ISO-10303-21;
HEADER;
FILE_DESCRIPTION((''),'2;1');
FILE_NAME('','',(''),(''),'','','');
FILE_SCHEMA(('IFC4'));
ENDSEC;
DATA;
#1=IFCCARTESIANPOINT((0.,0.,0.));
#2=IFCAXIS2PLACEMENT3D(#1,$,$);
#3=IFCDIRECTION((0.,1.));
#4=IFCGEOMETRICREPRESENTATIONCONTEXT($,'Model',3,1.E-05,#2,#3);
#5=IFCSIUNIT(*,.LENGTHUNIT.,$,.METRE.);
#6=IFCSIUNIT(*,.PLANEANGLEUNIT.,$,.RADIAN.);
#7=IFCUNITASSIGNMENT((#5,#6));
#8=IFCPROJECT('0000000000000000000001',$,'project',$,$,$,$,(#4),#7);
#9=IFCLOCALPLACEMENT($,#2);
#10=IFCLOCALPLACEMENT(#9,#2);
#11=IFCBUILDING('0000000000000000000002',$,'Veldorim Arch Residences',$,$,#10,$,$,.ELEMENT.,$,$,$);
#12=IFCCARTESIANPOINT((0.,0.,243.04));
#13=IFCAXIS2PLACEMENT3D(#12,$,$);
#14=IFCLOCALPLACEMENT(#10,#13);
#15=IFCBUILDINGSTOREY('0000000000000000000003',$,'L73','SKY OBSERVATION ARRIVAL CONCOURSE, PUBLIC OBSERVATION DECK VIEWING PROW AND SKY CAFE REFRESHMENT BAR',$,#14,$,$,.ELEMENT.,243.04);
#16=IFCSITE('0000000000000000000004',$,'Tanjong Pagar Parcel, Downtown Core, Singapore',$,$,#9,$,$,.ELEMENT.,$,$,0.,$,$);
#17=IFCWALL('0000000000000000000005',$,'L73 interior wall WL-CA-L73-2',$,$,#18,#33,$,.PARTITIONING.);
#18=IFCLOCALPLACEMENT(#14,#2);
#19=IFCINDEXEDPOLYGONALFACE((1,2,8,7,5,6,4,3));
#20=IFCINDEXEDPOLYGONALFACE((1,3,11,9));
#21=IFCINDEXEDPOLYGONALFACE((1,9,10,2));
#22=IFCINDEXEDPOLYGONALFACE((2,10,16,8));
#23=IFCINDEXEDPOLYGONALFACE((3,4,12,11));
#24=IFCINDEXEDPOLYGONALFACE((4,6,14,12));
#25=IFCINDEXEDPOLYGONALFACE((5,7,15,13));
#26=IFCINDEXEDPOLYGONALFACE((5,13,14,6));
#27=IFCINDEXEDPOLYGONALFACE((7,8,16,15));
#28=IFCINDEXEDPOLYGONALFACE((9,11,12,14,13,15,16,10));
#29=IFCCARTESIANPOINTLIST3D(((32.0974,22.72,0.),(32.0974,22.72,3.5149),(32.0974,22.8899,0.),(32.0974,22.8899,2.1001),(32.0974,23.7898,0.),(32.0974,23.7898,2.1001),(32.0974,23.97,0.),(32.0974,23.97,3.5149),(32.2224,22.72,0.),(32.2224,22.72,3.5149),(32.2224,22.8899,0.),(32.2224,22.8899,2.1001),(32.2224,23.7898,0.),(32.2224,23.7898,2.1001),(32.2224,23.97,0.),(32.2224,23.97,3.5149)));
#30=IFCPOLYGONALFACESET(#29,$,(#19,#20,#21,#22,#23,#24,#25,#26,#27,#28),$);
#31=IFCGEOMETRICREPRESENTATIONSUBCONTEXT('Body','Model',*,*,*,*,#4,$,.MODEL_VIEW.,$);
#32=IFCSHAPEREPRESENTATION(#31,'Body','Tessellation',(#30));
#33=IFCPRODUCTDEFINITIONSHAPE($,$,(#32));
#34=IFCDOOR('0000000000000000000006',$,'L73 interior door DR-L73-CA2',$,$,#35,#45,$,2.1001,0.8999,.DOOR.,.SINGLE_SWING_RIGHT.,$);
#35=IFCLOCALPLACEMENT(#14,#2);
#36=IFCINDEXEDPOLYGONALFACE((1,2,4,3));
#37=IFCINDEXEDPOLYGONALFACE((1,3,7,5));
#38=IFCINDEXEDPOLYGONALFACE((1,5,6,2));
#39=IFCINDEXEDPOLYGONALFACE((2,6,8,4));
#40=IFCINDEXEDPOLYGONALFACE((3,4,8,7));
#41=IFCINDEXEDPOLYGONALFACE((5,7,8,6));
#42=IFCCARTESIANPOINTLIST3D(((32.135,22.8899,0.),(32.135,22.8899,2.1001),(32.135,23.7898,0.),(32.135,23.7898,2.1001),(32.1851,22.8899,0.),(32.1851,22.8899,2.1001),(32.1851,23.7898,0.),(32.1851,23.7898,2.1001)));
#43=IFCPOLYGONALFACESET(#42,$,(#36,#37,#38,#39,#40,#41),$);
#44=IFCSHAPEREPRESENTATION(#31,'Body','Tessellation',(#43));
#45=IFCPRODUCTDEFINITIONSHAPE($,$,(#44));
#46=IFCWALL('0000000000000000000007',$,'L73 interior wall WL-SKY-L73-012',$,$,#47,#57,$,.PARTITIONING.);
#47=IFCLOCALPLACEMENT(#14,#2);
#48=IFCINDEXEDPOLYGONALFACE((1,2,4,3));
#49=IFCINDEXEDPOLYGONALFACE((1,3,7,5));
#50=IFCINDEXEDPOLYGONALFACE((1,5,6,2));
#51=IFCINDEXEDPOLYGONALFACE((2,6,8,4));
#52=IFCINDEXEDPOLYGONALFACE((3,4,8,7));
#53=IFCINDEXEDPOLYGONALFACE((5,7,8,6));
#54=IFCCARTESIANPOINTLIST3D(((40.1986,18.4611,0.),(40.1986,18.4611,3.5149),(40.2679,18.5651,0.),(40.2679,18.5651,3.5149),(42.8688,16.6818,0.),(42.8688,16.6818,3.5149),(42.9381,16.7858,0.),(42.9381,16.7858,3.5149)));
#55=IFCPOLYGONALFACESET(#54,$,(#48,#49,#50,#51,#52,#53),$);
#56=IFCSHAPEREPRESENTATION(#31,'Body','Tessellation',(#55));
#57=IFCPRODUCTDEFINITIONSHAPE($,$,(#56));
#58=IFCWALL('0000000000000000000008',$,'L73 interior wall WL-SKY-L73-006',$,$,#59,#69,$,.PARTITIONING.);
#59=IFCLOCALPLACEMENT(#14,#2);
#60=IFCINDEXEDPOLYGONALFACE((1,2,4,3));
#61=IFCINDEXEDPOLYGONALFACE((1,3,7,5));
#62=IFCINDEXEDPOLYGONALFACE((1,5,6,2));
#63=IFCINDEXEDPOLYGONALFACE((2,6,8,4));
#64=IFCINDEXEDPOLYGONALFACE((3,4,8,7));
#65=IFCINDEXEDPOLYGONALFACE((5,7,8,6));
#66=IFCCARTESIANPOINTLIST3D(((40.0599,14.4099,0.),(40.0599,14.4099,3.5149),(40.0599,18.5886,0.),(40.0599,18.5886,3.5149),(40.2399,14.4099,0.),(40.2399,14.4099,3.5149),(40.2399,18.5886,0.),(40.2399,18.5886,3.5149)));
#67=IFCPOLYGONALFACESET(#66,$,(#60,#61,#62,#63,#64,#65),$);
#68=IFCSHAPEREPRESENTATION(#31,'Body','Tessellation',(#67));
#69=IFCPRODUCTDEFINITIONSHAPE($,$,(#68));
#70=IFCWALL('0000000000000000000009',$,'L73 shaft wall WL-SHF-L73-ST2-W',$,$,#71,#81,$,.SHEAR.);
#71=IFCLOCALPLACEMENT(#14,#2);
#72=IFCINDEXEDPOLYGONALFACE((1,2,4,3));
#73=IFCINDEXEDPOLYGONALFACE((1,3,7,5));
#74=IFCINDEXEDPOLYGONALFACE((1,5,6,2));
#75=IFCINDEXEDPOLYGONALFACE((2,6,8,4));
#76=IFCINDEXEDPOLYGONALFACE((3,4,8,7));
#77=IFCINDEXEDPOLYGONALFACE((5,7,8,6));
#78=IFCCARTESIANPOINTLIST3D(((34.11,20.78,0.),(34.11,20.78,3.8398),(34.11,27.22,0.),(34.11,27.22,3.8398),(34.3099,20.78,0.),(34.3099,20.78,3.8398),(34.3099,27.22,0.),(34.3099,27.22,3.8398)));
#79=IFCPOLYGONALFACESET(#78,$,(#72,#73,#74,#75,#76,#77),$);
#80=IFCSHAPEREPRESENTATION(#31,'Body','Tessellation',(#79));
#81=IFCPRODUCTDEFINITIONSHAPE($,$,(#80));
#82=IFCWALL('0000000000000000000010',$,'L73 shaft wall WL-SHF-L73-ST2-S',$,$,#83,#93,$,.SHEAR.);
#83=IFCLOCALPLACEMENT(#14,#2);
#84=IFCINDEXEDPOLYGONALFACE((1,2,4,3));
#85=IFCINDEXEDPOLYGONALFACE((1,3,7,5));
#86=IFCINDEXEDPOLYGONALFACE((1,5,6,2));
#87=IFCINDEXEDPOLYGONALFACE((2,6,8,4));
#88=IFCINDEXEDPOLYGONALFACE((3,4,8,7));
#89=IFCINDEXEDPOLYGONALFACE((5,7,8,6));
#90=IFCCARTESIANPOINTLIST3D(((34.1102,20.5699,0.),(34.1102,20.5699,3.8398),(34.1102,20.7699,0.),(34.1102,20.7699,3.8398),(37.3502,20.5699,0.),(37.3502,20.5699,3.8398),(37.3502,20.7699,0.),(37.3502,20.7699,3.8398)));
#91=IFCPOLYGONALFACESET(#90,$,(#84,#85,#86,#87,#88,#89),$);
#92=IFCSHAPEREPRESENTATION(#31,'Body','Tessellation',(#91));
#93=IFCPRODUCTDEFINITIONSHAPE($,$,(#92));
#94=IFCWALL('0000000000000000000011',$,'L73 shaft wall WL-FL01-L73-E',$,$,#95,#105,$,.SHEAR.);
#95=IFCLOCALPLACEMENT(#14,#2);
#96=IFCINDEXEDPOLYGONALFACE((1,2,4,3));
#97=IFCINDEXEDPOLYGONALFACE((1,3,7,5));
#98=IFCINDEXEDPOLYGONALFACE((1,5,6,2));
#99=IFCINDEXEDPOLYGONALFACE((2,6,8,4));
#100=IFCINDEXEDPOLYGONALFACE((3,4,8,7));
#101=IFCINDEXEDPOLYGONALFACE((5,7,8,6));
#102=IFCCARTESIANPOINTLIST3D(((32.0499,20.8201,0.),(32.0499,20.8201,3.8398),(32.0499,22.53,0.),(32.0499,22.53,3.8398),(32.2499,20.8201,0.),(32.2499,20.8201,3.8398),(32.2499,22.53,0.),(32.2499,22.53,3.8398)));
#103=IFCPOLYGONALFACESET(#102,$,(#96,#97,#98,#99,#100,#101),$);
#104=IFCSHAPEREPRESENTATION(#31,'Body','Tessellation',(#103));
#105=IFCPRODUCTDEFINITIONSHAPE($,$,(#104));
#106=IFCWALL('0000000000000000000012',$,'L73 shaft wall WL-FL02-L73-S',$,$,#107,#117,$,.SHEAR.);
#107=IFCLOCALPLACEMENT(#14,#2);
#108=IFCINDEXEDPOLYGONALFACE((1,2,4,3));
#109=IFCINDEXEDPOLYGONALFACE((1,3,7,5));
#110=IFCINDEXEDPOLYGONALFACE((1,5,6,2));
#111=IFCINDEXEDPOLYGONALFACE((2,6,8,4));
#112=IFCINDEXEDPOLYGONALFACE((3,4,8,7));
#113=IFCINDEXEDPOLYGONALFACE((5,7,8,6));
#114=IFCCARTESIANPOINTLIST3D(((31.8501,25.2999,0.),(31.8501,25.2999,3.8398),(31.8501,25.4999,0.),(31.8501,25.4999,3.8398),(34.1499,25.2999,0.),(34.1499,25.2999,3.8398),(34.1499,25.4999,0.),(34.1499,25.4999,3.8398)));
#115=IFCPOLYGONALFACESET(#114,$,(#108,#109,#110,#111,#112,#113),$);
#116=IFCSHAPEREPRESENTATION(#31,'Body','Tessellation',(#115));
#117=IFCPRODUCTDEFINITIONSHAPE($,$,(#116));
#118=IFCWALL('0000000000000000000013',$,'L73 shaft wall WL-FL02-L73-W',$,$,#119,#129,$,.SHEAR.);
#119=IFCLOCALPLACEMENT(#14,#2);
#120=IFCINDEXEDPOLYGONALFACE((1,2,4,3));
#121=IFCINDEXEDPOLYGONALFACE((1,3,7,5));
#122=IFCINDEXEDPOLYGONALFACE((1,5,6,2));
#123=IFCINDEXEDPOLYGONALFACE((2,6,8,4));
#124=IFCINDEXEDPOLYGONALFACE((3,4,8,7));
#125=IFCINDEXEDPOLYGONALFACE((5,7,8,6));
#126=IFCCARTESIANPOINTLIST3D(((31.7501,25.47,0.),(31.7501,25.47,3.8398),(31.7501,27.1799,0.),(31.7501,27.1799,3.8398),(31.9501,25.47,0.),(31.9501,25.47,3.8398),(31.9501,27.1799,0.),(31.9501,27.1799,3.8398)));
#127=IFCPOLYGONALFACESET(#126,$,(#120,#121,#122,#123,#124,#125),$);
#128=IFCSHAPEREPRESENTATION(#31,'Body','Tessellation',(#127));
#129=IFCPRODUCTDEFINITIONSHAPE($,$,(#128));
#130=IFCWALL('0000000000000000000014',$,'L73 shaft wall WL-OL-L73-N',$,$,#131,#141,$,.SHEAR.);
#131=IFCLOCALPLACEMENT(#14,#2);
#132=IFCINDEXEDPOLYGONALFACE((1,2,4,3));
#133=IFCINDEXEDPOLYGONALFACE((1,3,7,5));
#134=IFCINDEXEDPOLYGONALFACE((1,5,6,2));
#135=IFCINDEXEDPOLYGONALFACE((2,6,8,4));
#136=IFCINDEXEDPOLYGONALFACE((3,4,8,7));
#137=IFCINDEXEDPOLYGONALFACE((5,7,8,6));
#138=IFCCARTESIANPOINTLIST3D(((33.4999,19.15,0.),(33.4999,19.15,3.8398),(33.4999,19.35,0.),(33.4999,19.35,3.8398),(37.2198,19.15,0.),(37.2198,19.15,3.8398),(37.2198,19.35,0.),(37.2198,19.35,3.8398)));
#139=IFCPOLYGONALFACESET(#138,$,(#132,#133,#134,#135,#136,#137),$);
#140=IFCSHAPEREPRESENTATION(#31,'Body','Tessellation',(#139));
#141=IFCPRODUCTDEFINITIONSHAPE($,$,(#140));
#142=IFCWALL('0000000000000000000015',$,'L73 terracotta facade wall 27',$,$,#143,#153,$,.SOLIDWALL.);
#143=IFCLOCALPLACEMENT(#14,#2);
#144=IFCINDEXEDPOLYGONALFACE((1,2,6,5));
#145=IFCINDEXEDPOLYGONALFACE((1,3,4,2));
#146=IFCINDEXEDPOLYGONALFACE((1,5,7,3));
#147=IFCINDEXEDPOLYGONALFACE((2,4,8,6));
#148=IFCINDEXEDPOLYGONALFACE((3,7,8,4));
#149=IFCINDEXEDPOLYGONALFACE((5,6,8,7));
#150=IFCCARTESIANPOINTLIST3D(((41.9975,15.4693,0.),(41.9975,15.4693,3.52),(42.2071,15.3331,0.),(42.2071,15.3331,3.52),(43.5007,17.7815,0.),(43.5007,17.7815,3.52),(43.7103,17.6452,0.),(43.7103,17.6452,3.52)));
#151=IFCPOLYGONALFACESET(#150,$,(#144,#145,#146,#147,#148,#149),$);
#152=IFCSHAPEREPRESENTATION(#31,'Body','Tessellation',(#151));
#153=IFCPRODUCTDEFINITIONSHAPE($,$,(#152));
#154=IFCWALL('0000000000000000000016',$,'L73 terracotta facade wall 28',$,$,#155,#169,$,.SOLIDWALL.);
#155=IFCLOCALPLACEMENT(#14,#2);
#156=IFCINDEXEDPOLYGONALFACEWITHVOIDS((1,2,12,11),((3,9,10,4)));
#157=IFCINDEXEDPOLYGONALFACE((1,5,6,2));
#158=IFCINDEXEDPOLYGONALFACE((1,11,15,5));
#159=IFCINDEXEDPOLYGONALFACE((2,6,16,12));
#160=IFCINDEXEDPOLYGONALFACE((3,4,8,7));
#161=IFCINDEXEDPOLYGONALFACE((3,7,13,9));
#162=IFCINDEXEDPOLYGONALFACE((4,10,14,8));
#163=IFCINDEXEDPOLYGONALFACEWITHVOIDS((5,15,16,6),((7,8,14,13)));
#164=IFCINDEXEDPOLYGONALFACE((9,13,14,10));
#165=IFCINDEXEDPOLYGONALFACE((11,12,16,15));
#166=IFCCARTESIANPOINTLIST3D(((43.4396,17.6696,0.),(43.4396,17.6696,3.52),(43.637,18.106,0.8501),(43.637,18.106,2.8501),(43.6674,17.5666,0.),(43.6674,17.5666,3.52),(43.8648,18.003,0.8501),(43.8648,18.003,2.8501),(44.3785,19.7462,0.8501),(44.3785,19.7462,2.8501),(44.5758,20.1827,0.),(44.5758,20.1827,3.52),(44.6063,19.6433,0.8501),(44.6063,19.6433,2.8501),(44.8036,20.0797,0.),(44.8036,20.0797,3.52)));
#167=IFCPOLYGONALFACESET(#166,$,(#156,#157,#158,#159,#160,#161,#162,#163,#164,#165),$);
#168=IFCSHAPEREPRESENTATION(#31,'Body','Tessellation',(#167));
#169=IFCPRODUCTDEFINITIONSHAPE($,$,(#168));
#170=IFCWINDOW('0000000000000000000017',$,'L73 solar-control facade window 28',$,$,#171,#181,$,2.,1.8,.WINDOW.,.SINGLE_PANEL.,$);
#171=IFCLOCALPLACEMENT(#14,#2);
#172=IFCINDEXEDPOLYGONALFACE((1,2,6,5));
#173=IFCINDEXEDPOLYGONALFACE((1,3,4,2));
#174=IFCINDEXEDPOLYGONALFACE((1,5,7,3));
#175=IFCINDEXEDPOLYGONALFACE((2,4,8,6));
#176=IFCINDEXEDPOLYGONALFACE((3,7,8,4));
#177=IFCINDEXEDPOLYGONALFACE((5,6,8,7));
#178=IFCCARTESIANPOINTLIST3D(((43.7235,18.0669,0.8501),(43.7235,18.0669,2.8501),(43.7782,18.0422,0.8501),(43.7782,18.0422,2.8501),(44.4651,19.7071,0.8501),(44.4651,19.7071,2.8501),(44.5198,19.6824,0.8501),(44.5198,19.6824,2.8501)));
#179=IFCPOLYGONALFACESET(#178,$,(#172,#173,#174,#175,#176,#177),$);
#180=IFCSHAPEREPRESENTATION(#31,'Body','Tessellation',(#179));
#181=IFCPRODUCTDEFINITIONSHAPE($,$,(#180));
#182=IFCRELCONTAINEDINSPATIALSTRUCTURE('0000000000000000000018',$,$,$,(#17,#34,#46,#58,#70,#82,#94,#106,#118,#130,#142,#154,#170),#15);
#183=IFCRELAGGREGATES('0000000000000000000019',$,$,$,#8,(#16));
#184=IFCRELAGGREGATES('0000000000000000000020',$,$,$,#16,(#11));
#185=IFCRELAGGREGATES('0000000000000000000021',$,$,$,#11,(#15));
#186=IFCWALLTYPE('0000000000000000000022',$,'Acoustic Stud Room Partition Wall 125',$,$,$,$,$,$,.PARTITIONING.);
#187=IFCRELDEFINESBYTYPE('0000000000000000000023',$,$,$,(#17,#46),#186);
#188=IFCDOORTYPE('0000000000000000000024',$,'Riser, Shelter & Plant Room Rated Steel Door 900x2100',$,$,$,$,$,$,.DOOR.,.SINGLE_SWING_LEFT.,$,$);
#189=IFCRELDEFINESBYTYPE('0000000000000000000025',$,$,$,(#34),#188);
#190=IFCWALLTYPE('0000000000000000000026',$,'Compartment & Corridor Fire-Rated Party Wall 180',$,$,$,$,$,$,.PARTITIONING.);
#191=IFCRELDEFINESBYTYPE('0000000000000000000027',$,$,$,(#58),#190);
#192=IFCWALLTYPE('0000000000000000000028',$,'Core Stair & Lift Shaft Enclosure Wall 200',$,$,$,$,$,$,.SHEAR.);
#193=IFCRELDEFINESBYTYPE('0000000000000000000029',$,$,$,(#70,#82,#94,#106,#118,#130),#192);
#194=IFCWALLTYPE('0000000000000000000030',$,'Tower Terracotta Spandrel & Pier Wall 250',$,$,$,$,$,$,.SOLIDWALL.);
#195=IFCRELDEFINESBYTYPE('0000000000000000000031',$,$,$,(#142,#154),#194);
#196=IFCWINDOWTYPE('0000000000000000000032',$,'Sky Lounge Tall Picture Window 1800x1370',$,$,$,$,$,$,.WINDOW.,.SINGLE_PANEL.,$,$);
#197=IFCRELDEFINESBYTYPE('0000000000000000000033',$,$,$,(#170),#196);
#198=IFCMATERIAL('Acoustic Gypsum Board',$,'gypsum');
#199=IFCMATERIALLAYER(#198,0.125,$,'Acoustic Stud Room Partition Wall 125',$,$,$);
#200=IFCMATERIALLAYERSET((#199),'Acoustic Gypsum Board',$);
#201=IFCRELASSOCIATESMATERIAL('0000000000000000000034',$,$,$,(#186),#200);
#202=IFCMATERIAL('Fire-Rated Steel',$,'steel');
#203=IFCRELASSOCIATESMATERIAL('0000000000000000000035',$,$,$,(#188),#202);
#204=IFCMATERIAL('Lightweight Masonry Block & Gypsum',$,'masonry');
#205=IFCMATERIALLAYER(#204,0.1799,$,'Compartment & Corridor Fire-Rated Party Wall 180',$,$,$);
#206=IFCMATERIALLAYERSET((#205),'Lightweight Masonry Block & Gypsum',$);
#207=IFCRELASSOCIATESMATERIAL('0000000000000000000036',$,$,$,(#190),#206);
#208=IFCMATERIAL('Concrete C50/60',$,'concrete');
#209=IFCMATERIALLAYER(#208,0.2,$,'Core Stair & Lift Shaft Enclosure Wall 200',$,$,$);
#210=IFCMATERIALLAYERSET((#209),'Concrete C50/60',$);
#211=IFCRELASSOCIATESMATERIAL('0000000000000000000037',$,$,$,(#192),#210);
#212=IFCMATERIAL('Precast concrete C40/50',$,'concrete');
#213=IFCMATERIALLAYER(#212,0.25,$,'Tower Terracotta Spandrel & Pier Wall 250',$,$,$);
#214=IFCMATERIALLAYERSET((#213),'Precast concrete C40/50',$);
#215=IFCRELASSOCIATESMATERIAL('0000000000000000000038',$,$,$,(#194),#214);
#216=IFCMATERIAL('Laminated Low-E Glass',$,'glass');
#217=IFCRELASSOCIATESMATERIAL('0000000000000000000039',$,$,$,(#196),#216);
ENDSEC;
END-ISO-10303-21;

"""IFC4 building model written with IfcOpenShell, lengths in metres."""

from ifc_helpers import new_model, si_unit, direction, frame, frame_2d, origin, place, context, subcontext, project, spatial, rectangle, extrude, material, layer, layer_set, type_object, element, fill, save


model = new_model("IFC4")

# Units and contexts
model_context = context("Model", 3, precision=1e-05, world=origin(), true_north=direction((0.0, 1.0)))
body_context = subcontext(model_context, "Body", "Model", "MODEL_VIEW")
ifc_project = project(units=[si_unit("LENGTHUNIT", "METRE"), si_unit("PLANEANGLEUNIT", "RADIAN")], contexts=[model_context])

# Site, building, storey
site_placement = place(None, origin())
site = spatial("IfcSite", under=ifc_project, at=site_placement, Name="Tanjong Pagar Parcel, Downtown Core, Singapore", CompositionType="ELEMENT", RefElevation=0.0)
building_placement = place(site_placement, origin())
building = spatial("IfcBuilding", under=site, at=building_placement, Name="Veldorim Arch Residences", CompositionType="ELEMENT")
storey_placement = place(building_placement, frame((0.0, 0.0, 243.04)))
storey = spatial("IfcBuildingStorey", under=building, at=storey_placement, Name="L73", Description="SKY OBSERVATION ARRIVAL CONCOURSE, PUBLIC OBSERVATION DECK VIEWING PROW AND SKY CAFE REFRESHMENT BAR", CompositionType="ELEMENT", Elevation=243.04)

# Wall, opening, door
ifc_material_1 = material(Name="Acoustic Gypsum Board", Category="gypsum")
ifc_layer_1 = layer(ifc_material_1, 0.125, Name="Acoustic Stud Room Partition Wall 125")
ifc_layer_set_1 = layer_set([ifc_layer_1], Name="Acoustic Gypsum Board")
wall_type_1 = type_object("IfcWallType", Name="Acoustic Stud Room Partition Wall 125", PredefinedType="PARTITIONING", material=ifc_layer_set_1)
wall_1_placement = place(storey_placement, frame((32.1599, 22.72, 0.0), z_axis=(0.0, 0.0, 1.0), x_axis=(0.0, 1.0, 0.0)))
wall_1 = element("IfcWall", 1, at=wall_1_placement, inside=storey, type_object=wall_type_1, Name="L73 interior wall WL-CA-L73-2", PredefinedType="PARTITIONING", context=body_context, shape_type="SweptSolid", body=[
    extrude(rectangle(XDim=1.25, YDim=0.125, at=frame_2d((0.625, 0.0))), origin(), (0.0, 0.0, 1.0), 3.5149),
])
opening_1_placement = place(wall_1_placement, frame((0.1699, 0.0, 0.0)))
opening_1 = element("IfcOpeningElement", 2, at=opening_1_placement, cuts=wall_1, PredefinedType="OPENING", context=body_context, shape_type="SweptSolid", body=[
    extrude(rectangle(XDim=0.8999, YDim=2.1001, at=frame_2d((0.45, 1.05))), frame((0.0, 0.0725, 0.0), z_axis=(0.0, -1.0, 0.0), x_axis=(1.0, 0.0, 0.0)), (0.0, 0.0, 1.0), 0.145),
])
ifc_material_2 = material(Name="Fire-Rated Steel", Category="steel")
door_type = type_object("IfcDoorType", Name="Riser, Shelter & Plant Room Rated Steel Door 900x2100", OperationType="SINGLE_SWING_LEFT", PredefinedType="DOOR", material=ifc_material_2)
door_placement = place(opening_1_placement, origin())
door = element("IfcDoor", 3, at=door_placement, inside=storey, type_object=door_type, Name="L73 interior door DR-L73-CA2", OperationType="SINGLE_SWING_RIGHT", OverallHeight=2.1001, OverallWidth=0.8999, PredefinedType="DOOR", context=body_context, shape_type="SweptSolid", body=[
    extrude(rectangle(XDim=0.8999, YDim=2.1001, at=frame_2d((0.45, 1.05))), frame((0.0, 0.0249, 0.0), z_axis=(0.0, -1.0, 0.0), x_axis=(1.0, 0.0, 0.0)), (0.0, 0.0, 1.0), 0.05),
])
fill(opening_1, door)

# Walls
wall_2_placement = place(storey_placement, frame((40.2332, 18.5132, 0.0), z_axis=(0.0, 0.0, 1.0), x_axis=(0.832167, -0.554525, 0.0)))
element("IfcWall", 4, at=wall_2_placement, inside=storey, type_object=wall_type_1, Name="L73 interior wall WL-SKY-L73-012", PredefinedType="PARTITIONING", context=body_context, shape_type="SweptSolid", body=[
    extrude(rectangle(XDim=3.2087, YDim=0.125, at=frame_2d((1.6045, 0.0))), origin(), (0.0, 0.0, 1.0), 3.5149),
])
ifc_material_3 = material(Name="Lightweight Masonry Block & Gypsum", Category="masonry")
ifc_layer_2 = layer(ifc_material_3, 0.1799, Name="Compartment & Corridor Fire-Rated Party Wall 180")
ifc_layer_set_2 = layer_set([ifc_layer_2], Name="Lightweight Masonry Block & Gypsum")
wall_type_2 = type_object("IfcWallType", Name="Compartment & Corridor Fire-Rated Party Wall 180", PredefinedType="PARTITIONING", material=ifc_layer_set_2)
wall_3_placement = place(storey_placement, frame((40.1499, 18.5886, 0.0), z_axis=(0.0, 0.0, 1.0), x_axis=(0.0, -1.0, 0.0)))
element("IfcWall", 5, at=wall_3_placement, inside=storey, type_object=wall_type_2, Name="L73 interior wall WL-SKY-L73-006", PredefinedType="PARTITIONING", context=body_context, shape_type="SweptSolid", body=[
    extrude(rectangle(XDim=4.1787, YDim=0.1799, at=frame_2d((2.0894, 0.0))), origin(), (0.0, 0.0, 1.0), 3.5149),
])
ifc_material_4 = material(Name="Concrete C50/60", Category="concrete")
ifc_layer_3 = layer(ifc_material_4, 0.2, Name="Core Stair & Lift Shaft Enclosure Wall 200")
ifc_layer_set_3 = layer_set([ifc_layer_3], Name="Concrete C50/60")
wall_type_3 = type_object("IfcWallType", Name="Core Stair & Lift Shaft Enclosure Wall 200", PredefinedType="SHEAR", material=ifc_layer_set_3)
wall_4_placement = place(storey_placement, frame((34.21, 20.78, 0.0), z_axis=(0.0, 0.0, 1.0), x_axis=(0.0, 1.0, 0.0)))
element("IfcWall", 6, at=wall_4_placement, inside=storey, type_object=wall_type_3, Name="L73 shaft wall WL-SHF-L73-ST2-W", PredefinedType="SHEAR", context=body_context, shape_type="SweptSolid", body=[
    extrude(rectangle(XDim=6.4399, YDim=0.2, at=frame_2d((3.22, 0.0))), origin(), (0.0, 0.0, 1.0), 3.8398),
])
wall_5_placement = place(storey_placement, frame((34.1101, 20.6699, 0.0), z_axis=(0.0, 0.0, 1.0), x_axis=(1.0, 0.0, 0.0)))
element("IfcWall", 7, at=wall_5_placement, inside=storey, type_object=wall_type_3, Name="L73 shaft wall WL-SHF-L73-ST2-S", PredefinedType="SHEAR", context=body_context, shape_type="SweptSolid", body=[
    extrude(rectangle(XDim=3.24, YDim=0.2, at=frame_2d((1.6201, 0.0))), origin(), (0.0, 0.0, 1.0), 3.8398),
])
wall_6_placement = place(storey_placement, frame((32.1499, 20.8201, 0.0), z_axis=(0.0, 0.0, 1.0), x_axis=(0.0, 1.0, 0.0)))
element("IfcWall", 8, at=wall_6_placement, inside=storey, type_object=wall_type_3, Name="L73 shaft wall WL-FL01-L73-E", PredefinedType="SHEAR", context=body_context, shape_type="SweptSolid", body=[
    extrude(rectangle(XDim=1.71, YDim=0.2, at=frame_2d((0.855, 0.0))), origin(), (0.0, 0.0, 1.0), 3.8398),
])
wall_7_placement = place(storey_placement, frame((31.8501, 25.3999, 0.0), z_axis=(0.0, 0.0, 1.0), x_axis=(1.0, 0.0, 0.0)))
element("IfcWall", 9, at=wall_7_placement, inside=storey, type_object=wall_type_3, Name="L73 shaft wall WL-FL02-L73-S", PredefinedType="SHEAR", context=body_context, shape_type="SweptSolid", body=[
    extrude(rectangle(XDim=2.2998, YDim=0.2, at=frame_2d((1.1499, 0.0))), origin(), (0.0, 0.0, 1.0), 3.8398),
])
wall_8_placement = place(storey_placement, frame((31.8501, 25.47, 0.0), z_axis=(0.0, 0.0, 1.0), x_axis=(0.0, 1.0, 0.0)))
element("IfcWall", 10, at=wall_8_placement, inside=storey, type_object=wall_type_3, Name="L73 shaft wall WL-FL02-L73-W", PredefinedType="SHEAR", context=body_context, shape_type="SweptSolid", body=[
    extrude(rectangle(XDim=1.71, YDim=0.2, at=frame_2d((0.855, 0.0))), origin(), (0.0, 0.0, 1.0), 3.8398),
])
wall_9_placement = place(storey_placement, frame((33.5, 19.25, 0.0), z_axis=(0.0, 0.0, 1.0), x_axis=(1.0, 0.0, 0.0)))
element("IfcWall", 11, at=wall_9_placement, inside=storey, type_object=wall_type_3, Name="L73 shaft wall WL-OL-L73-N", PredefinedType="SHEAR", context=body_context, shape_type="SweptSolid", body=[
    extrude(rectangle(XDim=3.72, YDim=0.2, at=frame_2d((1.8599, 0.0))), origin(), (0.0, 0.0, 1.0), 3.8398),
])
ifc_material_5 = material(Name="Precast concrete C40/50", Category="concrete")
ifc_layer_4 = layer(ifc_material_5, 0.25, Name="Tower Terracotta Spandrel & Pier Wall 250")
ifc_layer_set_4 = layer_set([ifc_layer_4], Name="Precast concrete C40/50")
wall_type_4 = type_object("IfcWallType", Name="Tower Terracotta Spandrel & Pier Wall 250", PredefinedType="SOLIDWALL", material=ifc_layer_set_4)
wall_10_placement = place(storey_placement, frame((43.6055, 17.7134, 0.0), z_axis=(0.0, 0.0, 1.0), x_axis=(-0.545041, -0.838409, 0.0)))
element("IfcWall", 12, at=wall_10_placement, inside=storey, type_object=wall_type_4, Name="L73 terracotta facade wall 27", PredefinedType="SOLIDWALL", context=body_context, shape_type="SweptSolid", body=[
    extrude(rectangle(XDim=2.7578, YDim=0.25, at=frame_2d((1.3789, 0.0))), origin(), (0.0, 0.0, 1.0), 3.52),
])

# Wall, opening, window
wall_11_placement = place(storey_placement, frame((44.6897, 20.1311, 0.0), z_axis=(0.0, 0.0, 1.0), x_axis=(-0.411961, -0.911201, 0.0)))
wall_11 = element("IfcWall", 13, at=wall_11_placement, inside=storey, type_object=wall_type_4, Name="L73 terracotta facade wall 28", PredefinedType="SOLIDWALL", context=body_context, shape_type="SweptSolid", body=[
    extrude(rectangle(XDim=2.7581, YDim=0.25, at=frame_2d((1.3789, 0.0))), origin(), (0.0, 0.0, 1.0), 3.52),
])
opening_2_placement = place(wall_11_placement, frame((0.479, 0.0, 0.8501)))
opening_2 = element("IfcOpeningElement", 14, at=opening_2_placement, cuts=wall_11, PredefinedType="OPENING", context=body_context, shape_type="SweptSolid", body=[
    extrude(rectangle(XDim=1.8, YDim=2.0, at=frame_2d((0.8999, 1.0))), frame((0.0, 0.135, 0.0), z_axis=(0.0, -1.0, 0.0), x_axis=(1.0, 0.0, 0.0)), (0.0, 0.0, 1.0), 0.27),
])
ifc_material_6 = material(Name="Laminated Low-E Glass", Category="glass")
window_type = type_object("IfcWindowType", Name="Sky Lounge Tall Picture Window 1800x1370", PartitioningType="SINGLE_PANEL", PredefinedType="WINDOW", material=ifc_material_6)
window_1_placement = place(opening_2_placement, origin())
window_1 = element("IfcWindow", 15, at=window_1_placement, inside=storey, type_object=window_type, Name="L73 solar-control facade window 28", OverallHeight=2.0, OverallWidth=1.8, PartitioningType="SINGLE_PANEL", PredefinedType="WINDOW", context=body_context, shape_type="SweptSolid", body=[
    extrude(rectangle(XDim=1.8, YDim=2.0, at=frame_2d((0.8999, 1.0))), frame((0.0, 0.03, 0.0), z_axis=(0.0, -1.0, 0.0), x_axis=(1.0, 0.0, 0.0)), (0.0, 0.0, 1.0), 0.0601),
])
fill(opening_2, window_1)

save(model, "model.ifc")
